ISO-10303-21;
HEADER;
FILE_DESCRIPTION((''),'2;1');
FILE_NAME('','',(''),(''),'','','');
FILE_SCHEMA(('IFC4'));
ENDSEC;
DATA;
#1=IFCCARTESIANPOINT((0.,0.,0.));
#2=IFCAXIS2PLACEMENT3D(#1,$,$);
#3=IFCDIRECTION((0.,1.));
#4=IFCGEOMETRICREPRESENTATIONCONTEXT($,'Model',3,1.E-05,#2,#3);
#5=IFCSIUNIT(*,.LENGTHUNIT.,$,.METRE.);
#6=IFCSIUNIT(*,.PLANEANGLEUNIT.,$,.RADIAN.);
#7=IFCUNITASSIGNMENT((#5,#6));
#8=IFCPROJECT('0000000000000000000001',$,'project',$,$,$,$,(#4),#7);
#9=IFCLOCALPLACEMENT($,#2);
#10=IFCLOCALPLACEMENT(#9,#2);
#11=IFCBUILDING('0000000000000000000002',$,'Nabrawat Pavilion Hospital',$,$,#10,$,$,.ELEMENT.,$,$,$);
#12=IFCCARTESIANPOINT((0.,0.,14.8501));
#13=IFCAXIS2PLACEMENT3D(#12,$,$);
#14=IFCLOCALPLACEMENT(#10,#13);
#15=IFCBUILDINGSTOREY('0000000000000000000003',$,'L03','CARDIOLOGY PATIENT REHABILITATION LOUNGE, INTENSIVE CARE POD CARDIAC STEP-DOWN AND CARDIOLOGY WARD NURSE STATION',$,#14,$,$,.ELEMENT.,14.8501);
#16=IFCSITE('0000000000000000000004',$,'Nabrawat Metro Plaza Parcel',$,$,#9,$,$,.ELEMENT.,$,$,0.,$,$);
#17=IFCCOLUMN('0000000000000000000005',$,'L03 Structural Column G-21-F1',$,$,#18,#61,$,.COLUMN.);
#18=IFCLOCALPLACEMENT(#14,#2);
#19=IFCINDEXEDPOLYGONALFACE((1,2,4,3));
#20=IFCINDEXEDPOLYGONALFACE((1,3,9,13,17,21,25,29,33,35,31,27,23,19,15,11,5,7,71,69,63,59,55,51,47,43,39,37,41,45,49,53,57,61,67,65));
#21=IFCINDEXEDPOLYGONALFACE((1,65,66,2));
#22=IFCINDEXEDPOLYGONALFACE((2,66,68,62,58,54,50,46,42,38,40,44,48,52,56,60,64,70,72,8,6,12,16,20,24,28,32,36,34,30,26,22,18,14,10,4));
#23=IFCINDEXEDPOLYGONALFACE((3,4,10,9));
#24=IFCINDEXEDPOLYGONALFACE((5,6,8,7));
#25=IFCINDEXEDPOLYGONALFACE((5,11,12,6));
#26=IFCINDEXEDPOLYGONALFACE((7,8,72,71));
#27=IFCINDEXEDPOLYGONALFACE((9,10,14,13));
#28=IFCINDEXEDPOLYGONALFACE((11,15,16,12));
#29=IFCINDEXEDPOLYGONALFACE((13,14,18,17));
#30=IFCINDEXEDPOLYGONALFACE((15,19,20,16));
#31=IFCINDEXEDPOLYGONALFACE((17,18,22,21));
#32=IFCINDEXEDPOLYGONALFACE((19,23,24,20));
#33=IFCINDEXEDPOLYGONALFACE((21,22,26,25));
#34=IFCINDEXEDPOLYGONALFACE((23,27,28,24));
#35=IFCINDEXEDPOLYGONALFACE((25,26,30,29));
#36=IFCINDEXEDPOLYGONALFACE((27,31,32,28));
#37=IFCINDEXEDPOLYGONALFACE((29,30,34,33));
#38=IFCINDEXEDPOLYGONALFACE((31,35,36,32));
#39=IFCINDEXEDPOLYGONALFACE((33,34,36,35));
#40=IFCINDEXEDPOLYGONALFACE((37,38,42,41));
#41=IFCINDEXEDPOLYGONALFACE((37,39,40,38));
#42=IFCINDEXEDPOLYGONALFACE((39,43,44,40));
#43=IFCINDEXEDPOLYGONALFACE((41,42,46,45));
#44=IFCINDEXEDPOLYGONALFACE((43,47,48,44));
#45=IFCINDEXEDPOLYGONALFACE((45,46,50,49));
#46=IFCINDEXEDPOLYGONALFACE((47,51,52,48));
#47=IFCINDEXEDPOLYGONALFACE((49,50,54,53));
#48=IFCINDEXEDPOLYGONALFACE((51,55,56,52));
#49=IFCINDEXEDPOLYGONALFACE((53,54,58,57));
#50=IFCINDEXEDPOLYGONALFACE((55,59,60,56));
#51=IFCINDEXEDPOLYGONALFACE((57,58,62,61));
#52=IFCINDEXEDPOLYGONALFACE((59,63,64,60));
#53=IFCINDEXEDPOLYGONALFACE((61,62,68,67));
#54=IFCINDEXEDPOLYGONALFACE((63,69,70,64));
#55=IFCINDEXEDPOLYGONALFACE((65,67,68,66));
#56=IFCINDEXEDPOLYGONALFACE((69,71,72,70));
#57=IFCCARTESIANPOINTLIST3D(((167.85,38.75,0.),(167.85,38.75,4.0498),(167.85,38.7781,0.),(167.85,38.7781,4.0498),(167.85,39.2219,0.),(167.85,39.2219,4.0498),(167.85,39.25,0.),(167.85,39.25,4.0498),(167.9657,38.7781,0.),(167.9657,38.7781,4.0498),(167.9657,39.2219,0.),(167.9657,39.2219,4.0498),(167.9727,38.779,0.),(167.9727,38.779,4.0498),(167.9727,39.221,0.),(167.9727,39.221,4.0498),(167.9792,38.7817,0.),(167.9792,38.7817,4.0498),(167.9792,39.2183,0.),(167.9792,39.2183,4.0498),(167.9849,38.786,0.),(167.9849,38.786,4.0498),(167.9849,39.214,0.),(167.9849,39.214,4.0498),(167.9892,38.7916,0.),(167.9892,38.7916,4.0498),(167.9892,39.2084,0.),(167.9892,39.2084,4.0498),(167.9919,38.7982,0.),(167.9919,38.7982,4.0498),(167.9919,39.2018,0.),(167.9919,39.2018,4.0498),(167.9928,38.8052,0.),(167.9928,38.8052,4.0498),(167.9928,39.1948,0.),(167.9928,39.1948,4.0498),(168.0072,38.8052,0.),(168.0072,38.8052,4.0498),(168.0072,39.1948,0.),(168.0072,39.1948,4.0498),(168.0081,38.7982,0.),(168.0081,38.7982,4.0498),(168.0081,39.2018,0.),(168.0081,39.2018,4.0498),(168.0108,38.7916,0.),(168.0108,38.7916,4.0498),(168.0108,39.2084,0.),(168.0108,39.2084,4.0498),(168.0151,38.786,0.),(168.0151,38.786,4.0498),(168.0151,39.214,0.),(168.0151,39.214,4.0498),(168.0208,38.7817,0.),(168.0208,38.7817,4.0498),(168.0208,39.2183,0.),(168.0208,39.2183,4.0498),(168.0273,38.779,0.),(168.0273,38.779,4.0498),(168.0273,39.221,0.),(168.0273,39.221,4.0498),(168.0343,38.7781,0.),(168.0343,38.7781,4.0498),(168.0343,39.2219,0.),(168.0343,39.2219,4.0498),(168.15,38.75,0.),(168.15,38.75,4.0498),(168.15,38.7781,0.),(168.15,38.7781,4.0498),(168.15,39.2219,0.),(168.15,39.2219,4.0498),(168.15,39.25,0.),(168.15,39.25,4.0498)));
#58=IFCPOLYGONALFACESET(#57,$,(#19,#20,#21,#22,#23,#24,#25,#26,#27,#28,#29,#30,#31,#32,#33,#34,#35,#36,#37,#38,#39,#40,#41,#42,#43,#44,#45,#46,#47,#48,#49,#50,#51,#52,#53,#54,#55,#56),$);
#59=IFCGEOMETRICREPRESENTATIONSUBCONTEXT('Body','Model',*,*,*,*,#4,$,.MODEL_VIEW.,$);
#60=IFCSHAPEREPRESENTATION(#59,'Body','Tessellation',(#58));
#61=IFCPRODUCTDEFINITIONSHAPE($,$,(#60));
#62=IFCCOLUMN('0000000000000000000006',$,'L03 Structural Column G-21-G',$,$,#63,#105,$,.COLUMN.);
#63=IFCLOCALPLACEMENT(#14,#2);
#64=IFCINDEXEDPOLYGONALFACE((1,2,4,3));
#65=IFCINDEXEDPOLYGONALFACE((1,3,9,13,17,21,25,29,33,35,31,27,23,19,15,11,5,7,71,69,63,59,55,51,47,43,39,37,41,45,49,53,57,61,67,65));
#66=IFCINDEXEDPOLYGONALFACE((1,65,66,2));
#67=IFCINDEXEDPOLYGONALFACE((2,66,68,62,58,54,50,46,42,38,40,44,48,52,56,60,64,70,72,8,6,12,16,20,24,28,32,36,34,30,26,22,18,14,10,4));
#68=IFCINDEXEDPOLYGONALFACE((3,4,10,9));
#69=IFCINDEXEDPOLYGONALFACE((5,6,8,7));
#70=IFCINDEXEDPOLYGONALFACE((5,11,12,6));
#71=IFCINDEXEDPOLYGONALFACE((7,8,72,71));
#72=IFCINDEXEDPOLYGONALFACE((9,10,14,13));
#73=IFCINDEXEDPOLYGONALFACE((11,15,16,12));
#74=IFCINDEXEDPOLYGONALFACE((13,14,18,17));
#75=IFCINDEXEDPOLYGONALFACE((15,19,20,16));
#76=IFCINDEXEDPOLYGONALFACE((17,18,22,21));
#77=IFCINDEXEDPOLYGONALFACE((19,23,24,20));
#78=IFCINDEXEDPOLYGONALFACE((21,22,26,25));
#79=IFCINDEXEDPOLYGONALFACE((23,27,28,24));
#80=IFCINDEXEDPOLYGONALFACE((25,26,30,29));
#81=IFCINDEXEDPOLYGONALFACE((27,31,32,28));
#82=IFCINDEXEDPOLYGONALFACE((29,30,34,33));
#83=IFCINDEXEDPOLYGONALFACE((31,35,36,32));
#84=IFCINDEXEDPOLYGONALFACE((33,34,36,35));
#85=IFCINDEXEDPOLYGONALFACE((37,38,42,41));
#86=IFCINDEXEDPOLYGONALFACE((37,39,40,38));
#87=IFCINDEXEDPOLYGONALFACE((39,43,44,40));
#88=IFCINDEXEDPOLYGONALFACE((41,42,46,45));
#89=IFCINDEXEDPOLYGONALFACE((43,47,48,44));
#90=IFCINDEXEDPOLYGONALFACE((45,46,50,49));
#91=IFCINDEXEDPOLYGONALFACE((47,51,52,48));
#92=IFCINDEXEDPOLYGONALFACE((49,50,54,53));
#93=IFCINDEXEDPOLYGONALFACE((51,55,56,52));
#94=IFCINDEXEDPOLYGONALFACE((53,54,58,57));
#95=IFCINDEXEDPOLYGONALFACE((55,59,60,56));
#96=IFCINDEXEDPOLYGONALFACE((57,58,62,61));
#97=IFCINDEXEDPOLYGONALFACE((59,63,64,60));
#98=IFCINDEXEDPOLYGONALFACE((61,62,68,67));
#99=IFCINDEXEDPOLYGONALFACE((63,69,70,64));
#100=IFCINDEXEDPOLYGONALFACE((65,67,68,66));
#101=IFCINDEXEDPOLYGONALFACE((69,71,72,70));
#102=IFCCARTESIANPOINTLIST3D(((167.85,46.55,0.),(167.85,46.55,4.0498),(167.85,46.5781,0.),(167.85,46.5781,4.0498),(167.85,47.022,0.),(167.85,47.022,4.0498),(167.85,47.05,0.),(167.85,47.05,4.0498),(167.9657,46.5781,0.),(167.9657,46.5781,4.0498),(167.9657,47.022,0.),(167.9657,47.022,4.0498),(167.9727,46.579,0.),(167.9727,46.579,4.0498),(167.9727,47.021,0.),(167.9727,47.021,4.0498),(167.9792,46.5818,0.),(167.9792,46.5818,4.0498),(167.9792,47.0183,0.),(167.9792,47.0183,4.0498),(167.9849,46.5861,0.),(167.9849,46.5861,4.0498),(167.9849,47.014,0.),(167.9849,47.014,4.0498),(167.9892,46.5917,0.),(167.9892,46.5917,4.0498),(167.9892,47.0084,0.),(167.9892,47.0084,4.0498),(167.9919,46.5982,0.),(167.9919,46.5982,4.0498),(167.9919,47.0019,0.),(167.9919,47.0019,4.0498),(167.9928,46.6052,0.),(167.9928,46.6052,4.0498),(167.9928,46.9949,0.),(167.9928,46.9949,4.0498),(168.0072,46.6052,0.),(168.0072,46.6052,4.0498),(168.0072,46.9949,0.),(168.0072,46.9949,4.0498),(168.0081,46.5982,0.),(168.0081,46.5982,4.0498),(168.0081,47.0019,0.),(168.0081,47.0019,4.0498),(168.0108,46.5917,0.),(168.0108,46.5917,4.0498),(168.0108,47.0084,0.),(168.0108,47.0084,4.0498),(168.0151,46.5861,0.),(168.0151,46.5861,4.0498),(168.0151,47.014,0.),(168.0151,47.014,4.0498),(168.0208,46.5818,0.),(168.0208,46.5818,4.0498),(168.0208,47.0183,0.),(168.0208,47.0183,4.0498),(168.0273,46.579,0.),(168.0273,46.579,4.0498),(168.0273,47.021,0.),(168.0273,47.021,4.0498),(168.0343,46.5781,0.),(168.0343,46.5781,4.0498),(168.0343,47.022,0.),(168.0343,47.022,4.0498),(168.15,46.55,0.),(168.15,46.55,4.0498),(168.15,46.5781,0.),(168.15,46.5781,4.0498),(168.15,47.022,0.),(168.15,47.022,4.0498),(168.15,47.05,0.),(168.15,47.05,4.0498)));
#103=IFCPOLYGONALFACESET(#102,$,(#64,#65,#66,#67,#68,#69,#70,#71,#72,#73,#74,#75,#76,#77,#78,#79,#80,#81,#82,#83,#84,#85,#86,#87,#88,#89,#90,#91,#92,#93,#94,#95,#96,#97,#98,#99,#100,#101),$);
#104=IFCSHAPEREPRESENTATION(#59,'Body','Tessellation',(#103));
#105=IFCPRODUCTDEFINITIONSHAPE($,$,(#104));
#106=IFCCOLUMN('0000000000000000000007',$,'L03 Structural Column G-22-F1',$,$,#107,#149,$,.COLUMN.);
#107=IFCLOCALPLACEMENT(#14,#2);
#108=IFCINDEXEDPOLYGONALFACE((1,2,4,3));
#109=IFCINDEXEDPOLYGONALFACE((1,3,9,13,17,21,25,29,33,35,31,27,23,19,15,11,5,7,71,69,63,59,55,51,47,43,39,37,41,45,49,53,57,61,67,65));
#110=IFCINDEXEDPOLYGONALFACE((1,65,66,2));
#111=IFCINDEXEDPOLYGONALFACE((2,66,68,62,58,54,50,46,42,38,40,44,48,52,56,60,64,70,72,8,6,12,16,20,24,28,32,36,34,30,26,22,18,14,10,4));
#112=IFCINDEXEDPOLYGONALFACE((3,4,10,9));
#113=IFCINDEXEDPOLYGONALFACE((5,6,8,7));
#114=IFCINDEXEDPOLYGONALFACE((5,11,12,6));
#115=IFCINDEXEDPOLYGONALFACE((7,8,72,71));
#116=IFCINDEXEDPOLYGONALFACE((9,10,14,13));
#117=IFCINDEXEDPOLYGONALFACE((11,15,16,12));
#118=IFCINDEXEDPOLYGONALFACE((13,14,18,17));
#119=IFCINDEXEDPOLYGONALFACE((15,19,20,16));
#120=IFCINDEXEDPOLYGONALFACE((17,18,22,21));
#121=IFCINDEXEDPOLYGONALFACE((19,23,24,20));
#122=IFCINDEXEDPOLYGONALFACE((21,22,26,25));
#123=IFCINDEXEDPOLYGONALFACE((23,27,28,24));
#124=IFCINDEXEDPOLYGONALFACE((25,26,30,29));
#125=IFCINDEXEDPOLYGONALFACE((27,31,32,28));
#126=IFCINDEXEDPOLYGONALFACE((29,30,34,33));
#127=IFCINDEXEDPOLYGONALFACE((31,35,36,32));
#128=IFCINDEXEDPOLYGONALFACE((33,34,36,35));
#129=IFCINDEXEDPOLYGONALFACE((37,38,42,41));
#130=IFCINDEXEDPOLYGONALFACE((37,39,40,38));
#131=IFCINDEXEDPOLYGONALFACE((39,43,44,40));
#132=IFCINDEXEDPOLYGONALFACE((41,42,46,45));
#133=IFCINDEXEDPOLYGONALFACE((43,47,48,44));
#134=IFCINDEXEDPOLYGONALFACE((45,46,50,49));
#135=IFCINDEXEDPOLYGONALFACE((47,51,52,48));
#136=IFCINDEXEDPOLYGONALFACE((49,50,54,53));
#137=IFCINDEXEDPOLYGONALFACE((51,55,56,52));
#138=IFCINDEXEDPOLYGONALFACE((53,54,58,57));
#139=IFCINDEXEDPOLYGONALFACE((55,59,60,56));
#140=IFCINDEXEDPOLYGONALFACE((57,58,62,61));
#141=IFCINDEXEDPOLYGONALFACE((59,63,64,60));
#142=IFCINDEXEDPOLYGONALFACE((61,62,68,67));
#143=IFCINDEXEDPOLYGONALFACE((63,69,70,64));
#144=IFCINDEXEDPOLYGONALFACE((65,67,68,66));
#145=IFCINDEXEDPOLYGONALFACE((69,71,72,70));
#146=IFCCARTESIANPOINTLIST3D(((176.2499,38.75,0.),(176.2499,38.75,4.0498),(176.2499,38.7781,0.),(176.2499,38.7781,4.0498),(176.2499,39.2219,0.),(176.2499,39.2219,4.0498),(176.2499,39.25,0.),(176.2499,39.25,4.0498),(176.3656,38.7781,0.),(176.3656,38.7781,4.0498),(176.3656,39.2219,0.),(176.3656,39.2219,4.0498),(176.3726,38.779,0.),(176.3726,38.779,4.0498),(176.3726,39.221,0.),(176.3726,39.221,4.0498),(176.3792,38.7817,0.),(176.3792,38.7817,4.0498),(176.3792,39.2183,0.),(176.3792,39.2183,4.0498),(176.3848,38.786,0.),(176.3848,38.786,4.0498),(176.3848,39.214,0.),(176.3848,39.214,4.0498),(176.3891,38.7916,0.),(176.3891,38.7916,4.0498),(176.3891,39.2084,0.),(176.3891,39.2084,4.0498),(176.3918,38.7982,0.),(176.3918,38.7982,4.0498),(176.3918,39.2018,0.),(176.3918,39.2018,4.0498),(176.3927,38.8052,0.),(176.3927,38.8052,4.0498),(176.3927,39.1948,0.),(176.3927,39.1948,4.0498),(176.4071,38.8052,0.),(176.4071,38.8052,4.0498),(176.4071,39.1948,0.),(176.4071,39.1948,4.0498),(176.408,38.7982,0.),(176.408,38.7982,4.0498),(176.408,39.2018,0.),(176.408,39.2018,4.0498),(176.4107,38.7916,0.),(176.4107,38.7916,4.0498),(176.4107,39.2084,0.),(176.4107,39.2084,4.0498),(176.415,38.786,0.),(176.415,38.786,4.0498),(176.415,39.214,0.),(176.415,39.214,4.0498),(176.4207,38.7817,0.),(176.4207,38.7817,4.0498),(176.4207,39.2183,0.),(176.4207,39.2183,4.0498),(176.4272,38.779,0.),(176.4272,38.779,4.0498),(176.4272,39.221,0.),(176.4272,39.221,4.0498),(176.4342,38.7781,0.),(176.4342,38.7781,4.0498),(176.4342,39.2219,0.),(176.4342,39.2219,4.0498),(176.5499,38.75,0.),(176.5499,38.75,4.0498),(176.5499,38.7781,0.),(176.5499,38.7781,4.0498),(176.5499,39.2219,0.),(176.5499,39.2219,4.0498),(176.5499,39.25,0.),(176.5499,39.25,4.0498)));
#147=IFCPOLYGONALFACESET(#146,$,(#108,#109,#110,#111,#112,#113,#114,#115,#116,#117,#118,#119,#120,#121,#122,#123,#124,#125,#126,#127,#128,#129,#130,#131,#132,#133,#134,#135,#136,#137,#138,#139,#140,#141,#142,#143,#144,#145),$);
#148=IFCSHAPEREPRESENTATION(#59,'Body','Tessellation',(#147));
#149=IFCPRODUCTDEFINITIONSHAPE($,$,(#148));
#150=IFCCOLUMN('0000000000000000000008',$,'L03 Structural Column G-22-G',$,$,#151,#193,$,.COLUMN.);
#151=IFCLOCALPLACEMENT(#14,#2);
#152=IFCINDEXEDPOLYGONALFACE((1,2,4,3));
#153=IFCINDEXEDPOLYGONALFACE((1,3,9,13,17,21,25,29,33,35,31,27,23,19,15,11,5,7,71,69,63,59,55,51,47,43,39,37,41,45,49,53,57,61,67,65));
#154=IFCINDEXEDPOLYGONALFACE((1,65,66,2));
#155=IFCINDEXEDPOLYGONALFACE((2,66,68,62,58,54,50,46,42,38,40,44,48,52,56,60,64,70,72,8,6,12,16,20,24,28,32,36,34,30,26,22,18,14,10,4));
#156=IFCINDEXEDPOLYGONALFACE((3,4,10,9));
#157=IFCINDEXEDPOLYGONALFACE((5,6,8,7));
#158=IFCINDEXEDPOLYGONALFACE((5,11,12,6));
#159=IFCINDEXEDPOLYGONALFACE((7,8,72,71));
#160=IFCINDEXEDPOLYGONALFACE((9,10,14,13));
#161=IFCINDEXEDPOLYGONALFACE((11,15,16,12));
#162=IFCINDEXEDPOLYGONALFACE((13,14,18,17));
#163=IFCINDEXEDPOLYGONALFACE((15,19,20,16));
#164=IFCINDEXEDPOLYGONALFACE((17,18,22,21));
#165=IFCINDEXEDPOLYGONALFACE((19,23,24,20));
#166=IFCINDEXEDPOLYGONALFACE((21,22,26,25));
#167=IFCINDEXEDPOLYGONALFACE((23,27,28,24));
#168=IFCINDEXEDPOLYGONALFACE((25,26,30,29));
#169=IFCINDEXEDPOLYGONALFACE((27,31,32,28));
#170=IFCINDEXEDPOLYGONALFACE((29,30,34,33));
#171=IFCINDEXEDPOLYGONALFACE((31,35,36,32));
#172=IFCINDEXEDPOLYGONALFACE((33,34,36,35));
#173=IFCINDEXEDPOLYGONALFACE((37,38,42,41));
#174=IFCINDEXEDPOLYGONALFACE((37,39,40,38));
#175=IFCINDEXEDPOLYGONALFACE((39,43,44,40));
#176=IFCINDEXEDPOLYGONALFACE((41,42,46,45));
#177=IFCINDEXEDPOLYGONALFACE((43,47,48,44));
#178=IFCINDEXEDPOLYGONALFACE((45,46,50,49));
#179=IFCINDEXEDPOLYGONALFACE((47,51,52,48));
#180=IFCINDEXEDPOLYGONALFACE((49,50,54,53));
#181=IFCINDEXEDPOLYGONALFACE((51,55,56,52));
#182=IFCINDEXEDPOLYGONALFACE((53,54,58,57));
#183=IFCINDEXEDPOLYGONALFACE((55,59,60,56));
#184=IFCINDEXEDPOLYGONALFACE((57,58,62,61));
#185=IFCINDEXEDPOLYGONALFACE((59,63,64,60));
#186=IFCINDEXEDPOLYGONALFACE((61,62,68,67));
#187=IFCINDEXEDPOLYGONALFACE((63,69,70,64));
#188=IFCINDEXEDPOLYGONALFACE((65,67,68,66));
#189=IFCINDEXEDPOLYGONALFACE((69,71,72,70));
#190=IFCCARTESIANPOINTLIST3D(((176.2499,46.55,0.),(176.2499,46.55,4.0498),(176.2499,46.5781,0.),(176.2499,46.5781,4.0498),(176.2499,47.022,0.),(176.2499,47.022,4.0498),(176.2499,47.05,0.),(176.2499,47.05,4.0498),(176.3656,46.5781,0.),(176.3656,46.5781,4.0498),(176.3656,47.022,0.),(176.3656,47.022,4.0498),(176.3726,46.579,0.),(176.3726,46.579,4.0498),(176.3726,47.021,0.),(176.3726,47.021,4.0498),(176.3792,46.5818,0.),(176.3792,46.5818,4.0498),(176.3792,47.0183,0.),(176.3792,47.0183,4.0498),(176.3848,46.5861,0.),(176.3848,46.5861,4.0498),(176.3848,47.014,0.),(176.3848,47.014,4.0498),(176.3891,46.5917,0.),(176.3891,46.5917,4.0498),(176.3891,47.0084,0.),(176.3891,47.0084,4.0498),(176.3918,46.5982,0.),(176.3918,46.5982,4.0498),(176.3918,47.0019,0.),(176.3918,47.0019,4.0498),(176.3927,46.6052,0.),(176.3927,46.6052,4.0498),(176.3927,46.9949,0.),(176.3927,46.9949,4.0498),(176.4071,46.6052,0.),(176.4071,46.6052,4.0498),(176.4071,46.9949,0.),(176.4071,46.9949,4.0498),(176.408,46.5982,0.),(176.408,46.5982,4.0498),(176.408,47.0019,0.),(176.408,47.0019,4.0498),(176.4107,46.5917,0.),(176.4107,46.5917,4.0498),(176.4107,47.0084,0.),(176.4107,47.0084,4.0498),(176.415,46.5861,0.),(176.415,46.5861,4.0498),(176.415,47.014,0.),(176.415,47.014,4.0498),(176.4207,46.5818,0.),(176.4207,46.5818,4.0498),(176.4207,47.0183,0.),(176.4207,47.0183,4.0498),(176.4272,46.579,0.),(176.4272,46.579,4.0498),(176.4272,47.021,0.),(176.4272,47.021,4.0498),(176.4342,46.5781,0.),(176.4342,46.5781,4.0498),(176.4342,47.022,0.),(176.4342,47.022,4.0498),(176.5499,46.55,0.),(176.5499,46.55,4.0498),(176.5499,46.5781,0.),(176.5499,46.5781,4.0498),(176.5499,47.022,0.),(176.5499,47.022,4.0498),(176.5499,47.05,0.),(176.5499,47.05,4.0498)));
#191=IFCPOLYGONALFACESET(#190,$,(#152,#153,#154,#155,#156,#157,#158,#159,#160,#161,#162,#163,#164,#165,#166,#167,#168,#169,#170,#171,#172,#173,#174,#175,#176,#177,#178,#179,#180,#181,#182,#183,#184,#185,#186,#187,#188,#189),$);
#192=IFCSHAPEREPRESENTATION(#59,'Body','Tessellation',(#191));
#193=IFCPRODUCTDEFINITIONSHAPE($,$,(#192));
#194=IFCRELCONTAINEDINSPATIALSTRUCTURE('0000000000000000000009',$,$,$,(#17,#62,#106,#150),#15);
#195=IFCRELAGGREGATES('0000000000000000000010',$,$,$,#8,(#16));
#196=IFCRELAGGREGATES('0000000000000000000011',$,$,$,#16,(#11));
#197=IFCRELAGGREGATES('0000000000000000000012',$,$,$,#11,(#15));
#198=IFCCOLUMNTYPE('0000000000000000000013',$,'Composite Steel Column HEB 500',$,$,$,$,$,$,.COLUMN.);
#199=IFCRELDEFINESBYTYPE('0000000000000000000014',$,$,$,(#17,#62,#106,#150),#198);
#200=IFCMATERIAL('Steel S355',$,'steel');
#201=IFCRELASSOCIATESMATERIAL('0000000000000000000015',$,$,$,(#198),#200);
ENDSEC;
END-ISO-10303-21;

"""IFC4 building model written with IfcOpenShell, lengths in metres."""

from ifc_helpers import new_model, si_unit, direction, frame, origin, origin_2d, place, context, subcontext, project, spatial, i_section, extrude, material, material_profile, profile_set, type_object, element, save


model = new_model("IFC4")

# Units and contexts
model_context = context("Model", 3, precision=1e-05, world=origin(), true_north=direction((0.0, 1.0)))
body_context = subcontext(model_context, "Body", "Model", "MODEL_VIEW")
ifc_project = project(units=[si_unit("LENGTHUNIT", "METRE"), si_unit("PLANEANGLEUNIT", "RADIAN")], contexts=[model_context])

# Site, building, storey
site_placement = place(None, origin())
site = spatial("IfcSite", under=ifc_project, at=site_placement, Name="Nabrawat Metro Plaza Parcel", CompositionType="ELEMENT", RefElevation=0.0)
building_placement = place(site_placement, origin())
building = spatial("IfcBuilding", under=site, at=building_placement, Name="Nabrawat Pavilion Hospital", CompositionType="ELEMENT")
storey_placement = place(building_placement, frame((0.0, 0.0, 14.8501)))
storey = spatial("IfcBuildingStorey", under=building, at=storey_placement, Name="L03", Description="CARDIOLOGY PATIENT REHABILITATION LOUNGE, INTENSIVE CARE POD CARDIAC STEP-DOWN AND CARDIOLOGY WARD NURSE STATION", CompositionType="ELEMENT", Elevation=14.8501)

# Columns
ifc_material_1 = material(Name="Steel S355", Category="steel")
ifc_material_profile_1 = material_profile(ifc_material_1, i_section(OverallWidth=0.3, OverallDepth=0.5, WebThickness=0.0144, FlangeThickness=0.0281, FilletRadius=0.0271, at=origin_2d()), Name="HEB 500")
ifc_profile_set_1 = profile_set([ifc_material_profile_1], Name="Steel S355")
column_type_1 = type_object("IfcColumnType", Name="Composite Steel Column HEB 500", PredefinedType="COLUMN", material=ifc_profile_set_1)
for number, where, z_axis, x_axis, name in (
    (1, (168.0, 39.0, 0.0), (0.0, 0.0, 1.0), (1.0, 0.0, 0.0), "L03 Structural Column G-21-F1"),
    (2, (168.0, 46.8, 0.0), (0.0, 0.0, 1.0), (1.0, 0.0, 0.0), "L03 Structural Column G-21-G"),
    (3, (176.3999, 39.0, 0.0), (0.0, 0.0, 1.0), (1.0, 0.0, 0.0), "L03 Structural Column G-22-F1"),
    (4, (176.3999, 46.8, 0.0), (0.0, 0.0, 1.0), (1.0, 0.0, 0.0), "L03 Structural Column G-22-G"),
):
    element("IfcColumn", number, at=place(storey_placement, frame(where, z_axis=z_axis, x_axis=x_axis)), inside=storey, type_object=column_type_1, Name=name, PredefinedType="COLUMN", context=body_context, shape_type="SweptSolid", body=[
        extrude(i_section(OverallWidth=0.3, OverallDepth=0.5, WebThickness=0.0144, FlangeThickness=0.0281, FilletRadius=0.0271, at=origin_2d()), origin(), (0.0, 0.0, 1.0), 4.0498),
    ])

save(model, "model.ifc")
